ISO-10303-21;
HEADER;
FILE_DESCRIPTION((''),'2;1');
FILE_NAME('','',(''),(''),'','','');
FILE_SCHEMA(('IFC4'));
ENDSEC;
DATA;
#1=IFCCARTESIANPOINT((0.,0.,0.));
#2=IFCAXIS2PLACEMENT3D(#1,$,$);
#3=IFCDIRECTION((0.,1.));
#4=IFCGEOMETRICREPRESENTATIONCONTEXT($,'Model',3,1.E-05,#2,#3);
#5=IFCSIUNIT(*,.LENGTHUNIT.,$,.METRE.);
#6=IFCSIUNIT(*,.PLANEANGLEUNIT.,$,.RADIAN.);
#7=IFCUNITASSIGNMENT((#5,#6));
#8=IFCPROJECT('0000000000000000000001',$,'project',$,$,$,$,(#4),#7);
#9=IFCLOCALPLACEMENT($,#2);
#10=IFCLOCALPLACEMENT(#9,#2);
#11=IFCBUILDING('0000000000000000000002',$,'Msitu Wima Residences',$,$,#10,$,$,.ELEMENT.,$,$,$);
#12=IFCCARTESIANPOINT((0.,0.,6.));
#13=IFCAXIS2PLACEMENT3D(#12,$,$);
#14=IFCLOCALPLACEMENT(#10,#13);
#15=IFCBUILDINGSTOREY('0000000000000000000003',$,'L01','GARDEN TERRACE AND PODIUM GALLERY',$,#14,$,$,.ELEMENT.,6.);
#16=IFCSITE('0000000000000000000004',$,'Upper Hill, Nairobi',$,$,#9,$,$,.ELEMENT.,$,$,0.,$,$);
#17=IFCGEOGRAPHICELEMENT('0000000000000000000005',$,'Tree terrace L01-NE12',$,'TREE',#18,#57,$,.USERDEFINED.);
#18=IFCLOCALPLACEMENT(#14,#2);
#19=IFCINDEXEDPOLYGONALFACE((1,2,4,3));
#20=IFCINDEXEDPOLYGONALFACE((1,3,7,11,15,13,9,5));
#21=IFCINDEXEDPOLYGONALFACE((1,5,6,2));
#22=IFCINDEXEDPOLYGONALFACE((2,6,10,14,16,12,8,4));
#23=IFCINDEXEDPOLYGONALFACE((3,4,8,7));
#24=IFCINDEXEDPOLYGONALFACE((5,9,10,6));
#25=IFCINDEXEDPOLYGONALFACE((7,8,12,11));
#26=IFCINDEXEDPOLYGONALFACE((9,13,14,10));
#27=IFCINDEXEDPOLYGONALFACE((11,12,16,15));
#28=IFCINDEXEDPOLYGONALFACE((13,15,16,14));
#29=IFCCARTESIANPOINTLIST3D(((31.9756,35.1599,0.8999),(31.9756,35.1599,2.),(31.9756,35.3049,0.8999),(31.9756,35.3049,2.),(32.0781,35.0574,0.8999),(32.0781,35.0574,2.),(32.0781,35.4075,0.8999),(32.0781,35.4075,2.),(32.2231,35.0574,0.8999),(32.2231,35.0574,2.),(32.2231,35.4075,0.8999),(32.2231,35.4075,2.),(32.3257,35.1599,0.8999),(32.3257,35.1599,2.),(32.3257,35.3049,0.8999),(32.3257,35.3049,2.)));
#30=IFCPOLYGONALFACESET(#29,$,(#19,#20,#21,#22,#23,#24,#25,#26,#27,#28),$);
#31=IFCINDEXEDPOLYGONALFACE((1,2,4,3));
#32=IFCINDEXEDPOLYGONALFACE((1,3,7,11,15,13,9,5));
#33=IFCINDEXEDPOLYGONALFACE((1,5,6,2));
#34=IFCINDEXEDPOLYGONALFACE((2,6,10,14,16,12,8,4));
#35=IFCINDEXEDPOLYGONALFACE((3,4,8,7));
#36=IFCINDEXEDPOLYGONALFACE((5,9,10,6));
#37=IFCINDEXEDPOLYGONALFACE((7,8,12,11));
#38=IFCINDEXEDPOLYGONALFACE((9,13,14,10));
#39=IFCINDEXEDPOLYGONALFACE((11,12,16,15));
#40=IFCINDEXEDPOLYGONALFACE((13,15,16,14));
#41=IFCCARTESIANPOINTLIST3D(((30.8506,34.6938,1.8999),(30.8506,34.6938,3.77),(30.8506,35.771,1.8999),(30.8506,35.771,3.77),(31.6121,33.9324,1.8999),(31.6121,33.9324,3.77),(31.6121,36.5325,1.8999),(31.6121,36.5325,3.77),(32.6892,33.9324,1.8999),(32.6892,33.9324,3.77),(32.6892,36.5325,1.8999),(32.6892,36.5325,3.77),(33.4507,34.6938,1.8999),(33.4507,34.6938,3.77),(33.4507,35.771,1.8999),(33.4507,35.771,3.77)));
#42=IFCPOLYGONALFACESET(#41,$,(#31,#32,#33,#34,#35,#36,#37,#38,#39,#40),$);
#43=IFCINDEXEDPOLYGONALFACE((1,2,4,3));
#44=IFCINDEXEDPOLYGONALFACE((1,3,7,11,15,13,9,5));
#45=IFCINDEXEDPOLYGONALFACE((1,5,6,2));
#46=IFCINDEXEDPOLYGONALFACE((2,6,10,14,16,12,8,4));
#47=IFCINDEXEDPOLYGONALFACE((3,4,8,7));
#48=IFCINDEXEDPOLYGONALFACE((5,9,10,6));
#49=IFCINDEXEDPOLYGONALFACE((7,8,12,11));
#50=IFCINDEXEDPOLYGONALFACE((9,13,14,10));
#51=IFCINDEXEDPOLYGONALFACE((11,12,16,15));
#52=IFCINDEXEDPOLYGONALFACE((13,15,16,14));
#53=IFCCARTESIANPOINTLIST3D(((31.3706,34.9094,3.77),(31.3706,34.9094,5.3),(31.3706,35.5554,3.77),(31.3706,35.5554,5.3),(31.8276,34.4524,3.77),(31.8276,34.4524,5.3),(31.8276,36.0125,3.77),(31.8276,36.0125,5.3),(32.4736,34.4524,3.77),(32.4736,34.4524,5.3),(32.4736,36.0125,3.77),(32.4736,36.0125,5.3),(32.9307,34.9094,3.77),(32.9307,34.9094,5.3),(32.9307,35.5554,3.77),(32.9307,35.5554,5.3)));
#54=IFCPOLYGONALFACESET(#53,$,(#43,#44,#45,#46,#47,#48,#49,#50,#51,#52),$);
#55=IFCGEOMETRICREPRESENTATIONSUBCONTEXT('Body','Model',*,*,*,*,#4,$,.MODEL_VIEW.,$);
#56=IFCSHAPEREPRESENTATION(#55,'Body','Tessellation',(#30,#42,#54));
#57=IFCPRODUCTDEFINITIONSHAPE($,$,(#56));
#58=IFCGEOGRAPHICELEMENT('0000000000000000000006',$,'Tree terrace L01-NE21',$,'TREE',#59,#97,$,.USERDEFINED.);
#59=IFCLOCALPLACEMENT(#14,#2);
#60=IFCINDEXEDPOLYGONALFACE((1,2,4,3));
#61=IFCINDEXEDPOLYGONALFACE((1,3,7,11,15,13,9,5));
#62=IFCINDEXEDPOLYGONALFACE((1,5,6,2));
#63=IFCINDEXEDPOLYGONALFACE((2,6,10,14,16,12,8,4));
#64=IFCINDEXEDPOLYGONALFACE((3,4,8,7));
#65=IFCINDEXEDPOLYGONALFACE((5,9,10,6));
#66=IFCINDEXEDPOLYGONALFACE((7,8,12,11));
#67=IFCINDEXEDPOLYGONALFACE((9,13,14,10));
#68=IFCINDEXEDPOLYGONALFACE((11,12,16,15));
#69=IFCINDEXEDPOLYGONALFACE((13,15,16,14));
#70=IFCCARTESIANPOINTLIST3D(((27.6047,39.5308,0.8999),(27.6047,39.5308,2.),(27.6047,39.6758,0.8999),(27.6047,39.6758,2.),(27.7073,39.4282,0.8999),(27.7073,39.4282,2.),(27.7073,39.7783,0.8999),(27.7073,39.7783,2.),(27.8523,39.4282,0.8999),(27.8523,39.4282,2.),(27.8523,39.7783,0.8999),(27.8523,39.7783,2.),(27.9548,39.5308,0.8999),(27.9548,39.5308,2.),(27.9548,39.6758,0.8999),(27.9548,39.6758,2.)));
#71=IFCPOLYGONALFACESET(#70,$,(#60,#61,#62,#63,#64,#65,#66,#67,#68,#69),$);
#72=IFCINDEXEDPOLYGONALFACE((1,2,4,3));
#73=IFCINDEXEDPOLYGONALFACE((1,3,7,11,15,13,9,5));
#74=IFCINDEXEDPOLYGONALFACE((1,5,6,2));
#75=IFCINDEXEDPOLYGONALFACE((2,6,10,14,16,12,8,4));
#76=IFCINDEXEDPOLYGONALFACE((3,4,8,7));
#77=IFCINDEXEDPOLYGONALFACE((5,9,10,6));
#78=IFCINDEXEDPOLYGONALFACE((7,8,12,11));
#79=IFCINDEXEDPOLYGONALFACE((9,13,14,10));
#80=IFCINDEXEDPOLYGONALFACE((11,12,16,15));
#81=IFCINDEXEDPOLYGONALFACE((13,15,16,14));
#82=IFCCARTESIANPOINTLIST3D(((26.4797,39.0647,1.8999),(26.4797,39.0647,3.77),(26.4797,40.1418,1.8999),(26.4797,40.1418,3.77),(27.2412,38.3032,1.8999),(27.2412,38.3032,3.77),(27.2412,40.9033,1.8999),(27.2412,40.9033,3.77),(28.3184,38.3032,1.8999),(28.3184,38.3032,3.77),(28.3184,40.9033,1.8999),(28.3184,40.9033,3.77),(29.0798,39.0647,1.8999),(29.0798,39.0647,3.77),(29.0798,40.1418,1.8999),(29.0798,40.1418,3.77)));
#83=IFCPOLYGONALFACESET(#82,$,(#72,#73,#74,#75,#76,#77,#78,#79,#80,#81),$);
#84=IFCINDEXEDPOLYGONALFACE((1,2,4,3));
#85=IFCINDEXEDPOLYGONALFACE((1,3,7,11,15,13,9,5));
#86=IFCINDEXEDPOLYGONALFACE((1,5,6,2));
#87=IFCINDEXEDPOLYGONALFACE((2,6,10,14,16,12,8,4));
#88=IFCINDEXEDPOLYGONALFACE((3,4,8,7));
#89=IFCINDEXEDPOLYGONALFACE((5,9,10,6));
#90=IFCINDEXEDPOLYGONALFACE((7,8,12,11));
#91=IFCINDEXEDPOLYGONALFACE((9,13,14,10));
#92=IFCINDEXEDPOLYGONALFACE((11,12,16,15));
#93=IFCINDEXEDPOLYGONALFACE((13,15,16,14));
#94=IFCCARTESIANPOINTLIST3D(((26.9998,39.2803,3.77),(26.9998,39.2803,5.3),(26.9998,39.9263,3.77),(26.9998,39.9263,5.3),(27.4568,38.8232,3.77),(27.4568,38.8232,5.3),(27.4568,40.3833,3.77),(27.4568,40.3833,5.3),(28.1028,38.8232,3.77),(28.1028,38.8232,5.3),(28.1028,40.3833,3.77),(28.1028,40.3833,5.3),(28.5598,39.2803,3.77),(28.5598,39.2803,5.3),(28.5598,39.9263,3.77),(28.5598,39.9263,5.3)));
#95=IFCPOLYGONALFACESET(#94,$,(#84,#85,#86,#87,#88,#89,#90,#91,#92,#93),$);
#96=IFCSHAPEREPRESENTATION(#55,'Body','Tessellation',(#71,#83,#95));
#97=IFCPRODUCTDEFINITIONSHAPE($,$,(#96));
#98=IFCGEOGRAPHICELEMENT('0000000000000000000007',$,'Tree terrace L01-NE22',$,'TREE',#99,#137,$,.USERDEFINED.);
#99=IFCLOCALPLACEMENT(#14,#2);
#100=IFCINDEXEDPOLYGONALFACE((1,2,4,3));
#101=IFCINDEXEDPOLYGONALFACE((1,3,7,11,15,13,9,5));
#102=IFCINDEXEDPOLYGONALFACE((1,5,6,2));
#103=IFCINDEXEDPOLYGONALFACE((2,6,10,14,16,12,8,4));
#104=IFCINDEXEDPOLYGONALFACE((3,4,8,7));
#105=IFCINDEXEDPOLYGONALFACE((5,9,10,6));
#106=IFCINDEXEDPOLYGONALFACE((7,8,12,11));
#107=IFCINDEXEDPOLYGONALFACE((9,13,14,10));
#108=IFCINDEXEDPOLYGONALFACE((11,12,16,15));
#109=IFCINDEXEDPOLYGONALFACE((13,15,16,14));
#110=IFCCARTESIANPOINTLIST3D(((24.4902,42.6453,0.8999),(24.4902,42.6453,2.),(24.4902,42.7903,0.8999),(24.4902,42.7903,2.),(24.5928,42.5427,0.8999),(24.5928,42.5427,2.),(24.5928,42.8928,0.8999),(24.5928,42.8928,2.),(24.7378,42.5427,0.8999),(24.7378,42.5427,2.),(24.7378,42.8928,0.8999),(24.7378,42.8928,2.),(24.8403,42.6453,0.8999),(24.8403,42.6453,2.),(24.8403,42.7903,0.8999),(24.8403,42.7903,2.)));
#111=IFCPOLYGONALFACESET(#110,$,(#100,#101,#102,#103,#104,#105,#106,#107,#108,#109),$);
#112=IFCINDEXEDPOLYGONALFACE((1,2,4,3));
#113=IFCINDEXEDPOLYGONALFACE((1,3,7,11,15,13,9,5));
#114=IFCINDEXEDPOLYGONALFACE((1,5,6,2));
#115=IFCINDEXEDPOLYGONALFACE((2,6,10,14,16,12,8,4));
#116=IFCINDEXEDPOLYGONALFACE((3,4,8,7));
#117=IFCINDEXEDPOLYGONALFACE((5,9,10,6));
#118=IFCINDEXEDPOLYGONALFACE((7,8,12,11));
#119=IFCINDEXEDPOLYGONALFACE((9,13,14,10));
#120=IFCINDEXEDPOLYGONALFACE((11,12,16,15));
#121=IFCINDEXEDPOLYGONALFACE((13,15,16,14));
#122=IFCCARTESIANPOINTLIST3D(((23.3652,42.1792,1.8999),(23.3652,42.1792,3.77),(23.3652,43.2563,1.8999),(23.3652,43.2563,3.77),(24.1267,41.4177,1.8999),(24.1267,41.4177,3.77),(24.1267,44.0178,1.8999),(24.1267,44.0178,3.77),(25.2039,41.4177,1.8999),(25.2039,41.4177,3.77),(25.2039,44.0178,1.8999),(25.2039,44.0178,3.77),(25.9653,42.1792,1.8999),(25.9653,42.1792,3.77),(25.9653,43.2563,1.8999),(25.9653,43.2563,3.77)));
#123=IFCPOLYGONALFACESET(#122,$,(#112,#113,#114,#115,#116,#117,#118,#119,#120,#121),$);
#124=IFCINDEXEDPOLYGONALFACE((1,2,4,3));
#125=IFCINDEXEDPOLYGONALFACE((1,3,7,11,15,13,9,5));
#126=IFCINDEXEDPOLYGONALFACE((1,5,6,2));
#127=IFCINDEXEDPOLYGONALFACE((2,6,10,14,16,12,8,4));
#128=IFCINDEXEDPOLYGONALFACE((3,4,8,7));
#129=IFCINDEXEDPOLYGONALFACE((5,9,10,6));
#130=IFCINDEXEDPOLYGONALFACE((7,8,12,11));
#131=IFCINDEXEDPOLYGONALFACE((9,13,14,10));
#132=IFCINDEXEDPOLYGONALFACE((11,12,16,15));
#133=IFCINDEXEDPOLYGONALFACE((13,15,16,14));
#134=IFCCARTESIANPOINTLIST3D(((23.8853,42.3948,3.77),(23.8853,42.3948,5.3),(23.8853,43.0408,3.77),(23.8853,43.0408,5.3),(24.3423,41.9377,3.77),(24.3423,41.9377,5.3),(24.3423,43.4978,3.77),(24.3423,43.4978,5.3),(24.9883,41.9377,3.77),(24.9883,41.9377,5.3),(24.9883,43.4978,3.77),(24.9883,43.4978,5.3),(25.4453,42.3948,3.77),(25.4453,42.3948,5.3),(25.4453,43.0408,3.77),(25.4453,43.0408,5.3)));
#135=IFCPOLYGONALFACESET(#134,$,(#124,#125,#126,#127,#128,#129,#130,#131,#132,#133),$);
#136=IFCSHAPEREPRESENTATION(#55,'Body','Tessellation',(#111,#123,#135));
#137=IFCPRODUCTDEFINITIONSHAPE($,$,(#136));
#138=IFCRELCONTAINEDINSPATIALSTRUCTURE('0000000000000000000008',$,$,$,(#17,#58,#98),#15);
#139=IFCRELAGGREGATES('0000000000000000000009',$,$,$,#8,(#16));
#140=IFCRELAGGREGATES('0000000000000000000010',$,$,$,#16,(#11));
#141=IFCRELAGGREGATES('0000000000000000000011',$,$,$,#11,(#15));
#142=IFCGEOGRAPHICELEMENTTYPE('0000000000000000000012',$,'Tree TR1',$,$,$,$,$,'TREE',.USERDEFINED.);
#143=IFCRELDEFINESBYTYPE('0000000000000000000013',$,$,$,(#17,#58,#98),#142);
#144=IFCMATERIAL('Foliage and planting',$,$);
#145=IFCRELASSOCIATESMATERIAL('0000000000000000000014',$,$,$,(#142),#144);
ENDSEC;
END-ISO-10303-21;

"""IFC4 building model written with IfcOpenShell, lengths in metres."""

from ifc_helpers import new_model, si_unit, direction, frame, origin, place, context, subcontext, project, spatial, polyline, outline, extrude, material, type_object, element, save


model = new_model("IFC4")

# Units and contexts
model_context = context("Model", 3, precision=1e-05, world=origin(), true_north=direction((0.0, 1.0)))
body_context = subcontext(model_context, "Body", "Model", "MODEL_VIEW")
ifc_project = project(units=[si_unit("LENGTHUNIT", "METRE"), si_unit("PLANEANGLEUNIT", "RADIAN")], contexts=[model_context])

# Site, building, storey
site_placement = place(None, origin())
site = spatial("IfcSite", under=ifc_project, at=site_placement, Name="Upper Hill, Nairobi", CompositionType="ELEMENT", RefElevation=0.0)
building_placement = place(site_placement, origin())
building = spatial("IfcBuilding", under=site, at=building_placement, Name="Msitu Wima Residences", CompositionType="ELEMENT")
storey_placement = place(building_placement, frame((0.0, 0.0, 6.0)))
storey = spatial("IfcBuildingStorey", under=building, at=storey_placement, Name="L01", Description="GARDEN TERRACE AND PODIUM GALLERY", CompositionType="ELEMENT", Elevation=6.0)

# Geographic elements
ifc_material_1 = material(Name="Foliage and planting")
geographic_element_type = type_object("IfcGeographicElementType", Name="Tree TR1", ElementType="TREE", PredefinedType="USERDEFINED", material=ifc_material_1)
for number, where, z_axis, x_axis, name in (
    (1, (32.1506, 35.2324, 0.8999), (0.0, 0.0, 1.0), (1.0, 0.0, 0.0), "Tree terrace L01-NE12"),
    (2, (27.7798, 39.6033, 0.8999), (0.0, 0.0, 1.0), (1.0, 0.0, 0.0), "Tree terrace L01-NE21"),
    (3, (24.6653, 42.7178, 0.8999), (0.0, 0.0, 1.0), (1.0, 0.0, 0.0), "Tree terrace L01-NE22"),
):
    element("IfcGeographicElement", number, at=place(storey_placement, frame(where, z_axis=z_axis, x_axis=x_axis)), inside=storey, type_object=geographic_element_type, Name=name, ObjectType="TREE", PredefinedType="USERDEFINED", context=body_context, shape_type="SweptSolid", body=[
        extrude(outline(polyline([(0.175, 0.0725), (0.0725, 0.175), (-0.0725, 0.175), (-0.175, 0.0725), (-0.175, -0.0725), (-0.0725, -0.175), (0.0725, -0.175), (0.175, -0.0725), (0.175, 0.0725)])), origin(), (0.0, 0.0, 1.0), 1.1001),
        extrude(outline(polyline([(1.3, 0.5386), (0.5386, 1.3), (-0.5386, 1.3), (-1.3, 0.5386), (-1.3, -0.5386), (-0.5386, -1.3), (0.5386, -1.3), (1.3, -0.5386), (1.3, 0.5386)])), frame((0.0, 0.0, 1.0)), (0.0, 0.0, 1.0), 1.8701),
        extrude(outline(polyline([(0.78, 0.323), (0.323, 0.78), (-0.323, 0.78), (-0.78, 0.323), (-0.78, -0.323), (-0.323, -0.78), (0.323, -0.78), (0.78, -0.323), (0.78, 0.323)])), frame((0.0, 0.0, 2.8701)), (0.0, 0.0, 1.0), 1.53),
    ])

save(model, "model.ifc")
